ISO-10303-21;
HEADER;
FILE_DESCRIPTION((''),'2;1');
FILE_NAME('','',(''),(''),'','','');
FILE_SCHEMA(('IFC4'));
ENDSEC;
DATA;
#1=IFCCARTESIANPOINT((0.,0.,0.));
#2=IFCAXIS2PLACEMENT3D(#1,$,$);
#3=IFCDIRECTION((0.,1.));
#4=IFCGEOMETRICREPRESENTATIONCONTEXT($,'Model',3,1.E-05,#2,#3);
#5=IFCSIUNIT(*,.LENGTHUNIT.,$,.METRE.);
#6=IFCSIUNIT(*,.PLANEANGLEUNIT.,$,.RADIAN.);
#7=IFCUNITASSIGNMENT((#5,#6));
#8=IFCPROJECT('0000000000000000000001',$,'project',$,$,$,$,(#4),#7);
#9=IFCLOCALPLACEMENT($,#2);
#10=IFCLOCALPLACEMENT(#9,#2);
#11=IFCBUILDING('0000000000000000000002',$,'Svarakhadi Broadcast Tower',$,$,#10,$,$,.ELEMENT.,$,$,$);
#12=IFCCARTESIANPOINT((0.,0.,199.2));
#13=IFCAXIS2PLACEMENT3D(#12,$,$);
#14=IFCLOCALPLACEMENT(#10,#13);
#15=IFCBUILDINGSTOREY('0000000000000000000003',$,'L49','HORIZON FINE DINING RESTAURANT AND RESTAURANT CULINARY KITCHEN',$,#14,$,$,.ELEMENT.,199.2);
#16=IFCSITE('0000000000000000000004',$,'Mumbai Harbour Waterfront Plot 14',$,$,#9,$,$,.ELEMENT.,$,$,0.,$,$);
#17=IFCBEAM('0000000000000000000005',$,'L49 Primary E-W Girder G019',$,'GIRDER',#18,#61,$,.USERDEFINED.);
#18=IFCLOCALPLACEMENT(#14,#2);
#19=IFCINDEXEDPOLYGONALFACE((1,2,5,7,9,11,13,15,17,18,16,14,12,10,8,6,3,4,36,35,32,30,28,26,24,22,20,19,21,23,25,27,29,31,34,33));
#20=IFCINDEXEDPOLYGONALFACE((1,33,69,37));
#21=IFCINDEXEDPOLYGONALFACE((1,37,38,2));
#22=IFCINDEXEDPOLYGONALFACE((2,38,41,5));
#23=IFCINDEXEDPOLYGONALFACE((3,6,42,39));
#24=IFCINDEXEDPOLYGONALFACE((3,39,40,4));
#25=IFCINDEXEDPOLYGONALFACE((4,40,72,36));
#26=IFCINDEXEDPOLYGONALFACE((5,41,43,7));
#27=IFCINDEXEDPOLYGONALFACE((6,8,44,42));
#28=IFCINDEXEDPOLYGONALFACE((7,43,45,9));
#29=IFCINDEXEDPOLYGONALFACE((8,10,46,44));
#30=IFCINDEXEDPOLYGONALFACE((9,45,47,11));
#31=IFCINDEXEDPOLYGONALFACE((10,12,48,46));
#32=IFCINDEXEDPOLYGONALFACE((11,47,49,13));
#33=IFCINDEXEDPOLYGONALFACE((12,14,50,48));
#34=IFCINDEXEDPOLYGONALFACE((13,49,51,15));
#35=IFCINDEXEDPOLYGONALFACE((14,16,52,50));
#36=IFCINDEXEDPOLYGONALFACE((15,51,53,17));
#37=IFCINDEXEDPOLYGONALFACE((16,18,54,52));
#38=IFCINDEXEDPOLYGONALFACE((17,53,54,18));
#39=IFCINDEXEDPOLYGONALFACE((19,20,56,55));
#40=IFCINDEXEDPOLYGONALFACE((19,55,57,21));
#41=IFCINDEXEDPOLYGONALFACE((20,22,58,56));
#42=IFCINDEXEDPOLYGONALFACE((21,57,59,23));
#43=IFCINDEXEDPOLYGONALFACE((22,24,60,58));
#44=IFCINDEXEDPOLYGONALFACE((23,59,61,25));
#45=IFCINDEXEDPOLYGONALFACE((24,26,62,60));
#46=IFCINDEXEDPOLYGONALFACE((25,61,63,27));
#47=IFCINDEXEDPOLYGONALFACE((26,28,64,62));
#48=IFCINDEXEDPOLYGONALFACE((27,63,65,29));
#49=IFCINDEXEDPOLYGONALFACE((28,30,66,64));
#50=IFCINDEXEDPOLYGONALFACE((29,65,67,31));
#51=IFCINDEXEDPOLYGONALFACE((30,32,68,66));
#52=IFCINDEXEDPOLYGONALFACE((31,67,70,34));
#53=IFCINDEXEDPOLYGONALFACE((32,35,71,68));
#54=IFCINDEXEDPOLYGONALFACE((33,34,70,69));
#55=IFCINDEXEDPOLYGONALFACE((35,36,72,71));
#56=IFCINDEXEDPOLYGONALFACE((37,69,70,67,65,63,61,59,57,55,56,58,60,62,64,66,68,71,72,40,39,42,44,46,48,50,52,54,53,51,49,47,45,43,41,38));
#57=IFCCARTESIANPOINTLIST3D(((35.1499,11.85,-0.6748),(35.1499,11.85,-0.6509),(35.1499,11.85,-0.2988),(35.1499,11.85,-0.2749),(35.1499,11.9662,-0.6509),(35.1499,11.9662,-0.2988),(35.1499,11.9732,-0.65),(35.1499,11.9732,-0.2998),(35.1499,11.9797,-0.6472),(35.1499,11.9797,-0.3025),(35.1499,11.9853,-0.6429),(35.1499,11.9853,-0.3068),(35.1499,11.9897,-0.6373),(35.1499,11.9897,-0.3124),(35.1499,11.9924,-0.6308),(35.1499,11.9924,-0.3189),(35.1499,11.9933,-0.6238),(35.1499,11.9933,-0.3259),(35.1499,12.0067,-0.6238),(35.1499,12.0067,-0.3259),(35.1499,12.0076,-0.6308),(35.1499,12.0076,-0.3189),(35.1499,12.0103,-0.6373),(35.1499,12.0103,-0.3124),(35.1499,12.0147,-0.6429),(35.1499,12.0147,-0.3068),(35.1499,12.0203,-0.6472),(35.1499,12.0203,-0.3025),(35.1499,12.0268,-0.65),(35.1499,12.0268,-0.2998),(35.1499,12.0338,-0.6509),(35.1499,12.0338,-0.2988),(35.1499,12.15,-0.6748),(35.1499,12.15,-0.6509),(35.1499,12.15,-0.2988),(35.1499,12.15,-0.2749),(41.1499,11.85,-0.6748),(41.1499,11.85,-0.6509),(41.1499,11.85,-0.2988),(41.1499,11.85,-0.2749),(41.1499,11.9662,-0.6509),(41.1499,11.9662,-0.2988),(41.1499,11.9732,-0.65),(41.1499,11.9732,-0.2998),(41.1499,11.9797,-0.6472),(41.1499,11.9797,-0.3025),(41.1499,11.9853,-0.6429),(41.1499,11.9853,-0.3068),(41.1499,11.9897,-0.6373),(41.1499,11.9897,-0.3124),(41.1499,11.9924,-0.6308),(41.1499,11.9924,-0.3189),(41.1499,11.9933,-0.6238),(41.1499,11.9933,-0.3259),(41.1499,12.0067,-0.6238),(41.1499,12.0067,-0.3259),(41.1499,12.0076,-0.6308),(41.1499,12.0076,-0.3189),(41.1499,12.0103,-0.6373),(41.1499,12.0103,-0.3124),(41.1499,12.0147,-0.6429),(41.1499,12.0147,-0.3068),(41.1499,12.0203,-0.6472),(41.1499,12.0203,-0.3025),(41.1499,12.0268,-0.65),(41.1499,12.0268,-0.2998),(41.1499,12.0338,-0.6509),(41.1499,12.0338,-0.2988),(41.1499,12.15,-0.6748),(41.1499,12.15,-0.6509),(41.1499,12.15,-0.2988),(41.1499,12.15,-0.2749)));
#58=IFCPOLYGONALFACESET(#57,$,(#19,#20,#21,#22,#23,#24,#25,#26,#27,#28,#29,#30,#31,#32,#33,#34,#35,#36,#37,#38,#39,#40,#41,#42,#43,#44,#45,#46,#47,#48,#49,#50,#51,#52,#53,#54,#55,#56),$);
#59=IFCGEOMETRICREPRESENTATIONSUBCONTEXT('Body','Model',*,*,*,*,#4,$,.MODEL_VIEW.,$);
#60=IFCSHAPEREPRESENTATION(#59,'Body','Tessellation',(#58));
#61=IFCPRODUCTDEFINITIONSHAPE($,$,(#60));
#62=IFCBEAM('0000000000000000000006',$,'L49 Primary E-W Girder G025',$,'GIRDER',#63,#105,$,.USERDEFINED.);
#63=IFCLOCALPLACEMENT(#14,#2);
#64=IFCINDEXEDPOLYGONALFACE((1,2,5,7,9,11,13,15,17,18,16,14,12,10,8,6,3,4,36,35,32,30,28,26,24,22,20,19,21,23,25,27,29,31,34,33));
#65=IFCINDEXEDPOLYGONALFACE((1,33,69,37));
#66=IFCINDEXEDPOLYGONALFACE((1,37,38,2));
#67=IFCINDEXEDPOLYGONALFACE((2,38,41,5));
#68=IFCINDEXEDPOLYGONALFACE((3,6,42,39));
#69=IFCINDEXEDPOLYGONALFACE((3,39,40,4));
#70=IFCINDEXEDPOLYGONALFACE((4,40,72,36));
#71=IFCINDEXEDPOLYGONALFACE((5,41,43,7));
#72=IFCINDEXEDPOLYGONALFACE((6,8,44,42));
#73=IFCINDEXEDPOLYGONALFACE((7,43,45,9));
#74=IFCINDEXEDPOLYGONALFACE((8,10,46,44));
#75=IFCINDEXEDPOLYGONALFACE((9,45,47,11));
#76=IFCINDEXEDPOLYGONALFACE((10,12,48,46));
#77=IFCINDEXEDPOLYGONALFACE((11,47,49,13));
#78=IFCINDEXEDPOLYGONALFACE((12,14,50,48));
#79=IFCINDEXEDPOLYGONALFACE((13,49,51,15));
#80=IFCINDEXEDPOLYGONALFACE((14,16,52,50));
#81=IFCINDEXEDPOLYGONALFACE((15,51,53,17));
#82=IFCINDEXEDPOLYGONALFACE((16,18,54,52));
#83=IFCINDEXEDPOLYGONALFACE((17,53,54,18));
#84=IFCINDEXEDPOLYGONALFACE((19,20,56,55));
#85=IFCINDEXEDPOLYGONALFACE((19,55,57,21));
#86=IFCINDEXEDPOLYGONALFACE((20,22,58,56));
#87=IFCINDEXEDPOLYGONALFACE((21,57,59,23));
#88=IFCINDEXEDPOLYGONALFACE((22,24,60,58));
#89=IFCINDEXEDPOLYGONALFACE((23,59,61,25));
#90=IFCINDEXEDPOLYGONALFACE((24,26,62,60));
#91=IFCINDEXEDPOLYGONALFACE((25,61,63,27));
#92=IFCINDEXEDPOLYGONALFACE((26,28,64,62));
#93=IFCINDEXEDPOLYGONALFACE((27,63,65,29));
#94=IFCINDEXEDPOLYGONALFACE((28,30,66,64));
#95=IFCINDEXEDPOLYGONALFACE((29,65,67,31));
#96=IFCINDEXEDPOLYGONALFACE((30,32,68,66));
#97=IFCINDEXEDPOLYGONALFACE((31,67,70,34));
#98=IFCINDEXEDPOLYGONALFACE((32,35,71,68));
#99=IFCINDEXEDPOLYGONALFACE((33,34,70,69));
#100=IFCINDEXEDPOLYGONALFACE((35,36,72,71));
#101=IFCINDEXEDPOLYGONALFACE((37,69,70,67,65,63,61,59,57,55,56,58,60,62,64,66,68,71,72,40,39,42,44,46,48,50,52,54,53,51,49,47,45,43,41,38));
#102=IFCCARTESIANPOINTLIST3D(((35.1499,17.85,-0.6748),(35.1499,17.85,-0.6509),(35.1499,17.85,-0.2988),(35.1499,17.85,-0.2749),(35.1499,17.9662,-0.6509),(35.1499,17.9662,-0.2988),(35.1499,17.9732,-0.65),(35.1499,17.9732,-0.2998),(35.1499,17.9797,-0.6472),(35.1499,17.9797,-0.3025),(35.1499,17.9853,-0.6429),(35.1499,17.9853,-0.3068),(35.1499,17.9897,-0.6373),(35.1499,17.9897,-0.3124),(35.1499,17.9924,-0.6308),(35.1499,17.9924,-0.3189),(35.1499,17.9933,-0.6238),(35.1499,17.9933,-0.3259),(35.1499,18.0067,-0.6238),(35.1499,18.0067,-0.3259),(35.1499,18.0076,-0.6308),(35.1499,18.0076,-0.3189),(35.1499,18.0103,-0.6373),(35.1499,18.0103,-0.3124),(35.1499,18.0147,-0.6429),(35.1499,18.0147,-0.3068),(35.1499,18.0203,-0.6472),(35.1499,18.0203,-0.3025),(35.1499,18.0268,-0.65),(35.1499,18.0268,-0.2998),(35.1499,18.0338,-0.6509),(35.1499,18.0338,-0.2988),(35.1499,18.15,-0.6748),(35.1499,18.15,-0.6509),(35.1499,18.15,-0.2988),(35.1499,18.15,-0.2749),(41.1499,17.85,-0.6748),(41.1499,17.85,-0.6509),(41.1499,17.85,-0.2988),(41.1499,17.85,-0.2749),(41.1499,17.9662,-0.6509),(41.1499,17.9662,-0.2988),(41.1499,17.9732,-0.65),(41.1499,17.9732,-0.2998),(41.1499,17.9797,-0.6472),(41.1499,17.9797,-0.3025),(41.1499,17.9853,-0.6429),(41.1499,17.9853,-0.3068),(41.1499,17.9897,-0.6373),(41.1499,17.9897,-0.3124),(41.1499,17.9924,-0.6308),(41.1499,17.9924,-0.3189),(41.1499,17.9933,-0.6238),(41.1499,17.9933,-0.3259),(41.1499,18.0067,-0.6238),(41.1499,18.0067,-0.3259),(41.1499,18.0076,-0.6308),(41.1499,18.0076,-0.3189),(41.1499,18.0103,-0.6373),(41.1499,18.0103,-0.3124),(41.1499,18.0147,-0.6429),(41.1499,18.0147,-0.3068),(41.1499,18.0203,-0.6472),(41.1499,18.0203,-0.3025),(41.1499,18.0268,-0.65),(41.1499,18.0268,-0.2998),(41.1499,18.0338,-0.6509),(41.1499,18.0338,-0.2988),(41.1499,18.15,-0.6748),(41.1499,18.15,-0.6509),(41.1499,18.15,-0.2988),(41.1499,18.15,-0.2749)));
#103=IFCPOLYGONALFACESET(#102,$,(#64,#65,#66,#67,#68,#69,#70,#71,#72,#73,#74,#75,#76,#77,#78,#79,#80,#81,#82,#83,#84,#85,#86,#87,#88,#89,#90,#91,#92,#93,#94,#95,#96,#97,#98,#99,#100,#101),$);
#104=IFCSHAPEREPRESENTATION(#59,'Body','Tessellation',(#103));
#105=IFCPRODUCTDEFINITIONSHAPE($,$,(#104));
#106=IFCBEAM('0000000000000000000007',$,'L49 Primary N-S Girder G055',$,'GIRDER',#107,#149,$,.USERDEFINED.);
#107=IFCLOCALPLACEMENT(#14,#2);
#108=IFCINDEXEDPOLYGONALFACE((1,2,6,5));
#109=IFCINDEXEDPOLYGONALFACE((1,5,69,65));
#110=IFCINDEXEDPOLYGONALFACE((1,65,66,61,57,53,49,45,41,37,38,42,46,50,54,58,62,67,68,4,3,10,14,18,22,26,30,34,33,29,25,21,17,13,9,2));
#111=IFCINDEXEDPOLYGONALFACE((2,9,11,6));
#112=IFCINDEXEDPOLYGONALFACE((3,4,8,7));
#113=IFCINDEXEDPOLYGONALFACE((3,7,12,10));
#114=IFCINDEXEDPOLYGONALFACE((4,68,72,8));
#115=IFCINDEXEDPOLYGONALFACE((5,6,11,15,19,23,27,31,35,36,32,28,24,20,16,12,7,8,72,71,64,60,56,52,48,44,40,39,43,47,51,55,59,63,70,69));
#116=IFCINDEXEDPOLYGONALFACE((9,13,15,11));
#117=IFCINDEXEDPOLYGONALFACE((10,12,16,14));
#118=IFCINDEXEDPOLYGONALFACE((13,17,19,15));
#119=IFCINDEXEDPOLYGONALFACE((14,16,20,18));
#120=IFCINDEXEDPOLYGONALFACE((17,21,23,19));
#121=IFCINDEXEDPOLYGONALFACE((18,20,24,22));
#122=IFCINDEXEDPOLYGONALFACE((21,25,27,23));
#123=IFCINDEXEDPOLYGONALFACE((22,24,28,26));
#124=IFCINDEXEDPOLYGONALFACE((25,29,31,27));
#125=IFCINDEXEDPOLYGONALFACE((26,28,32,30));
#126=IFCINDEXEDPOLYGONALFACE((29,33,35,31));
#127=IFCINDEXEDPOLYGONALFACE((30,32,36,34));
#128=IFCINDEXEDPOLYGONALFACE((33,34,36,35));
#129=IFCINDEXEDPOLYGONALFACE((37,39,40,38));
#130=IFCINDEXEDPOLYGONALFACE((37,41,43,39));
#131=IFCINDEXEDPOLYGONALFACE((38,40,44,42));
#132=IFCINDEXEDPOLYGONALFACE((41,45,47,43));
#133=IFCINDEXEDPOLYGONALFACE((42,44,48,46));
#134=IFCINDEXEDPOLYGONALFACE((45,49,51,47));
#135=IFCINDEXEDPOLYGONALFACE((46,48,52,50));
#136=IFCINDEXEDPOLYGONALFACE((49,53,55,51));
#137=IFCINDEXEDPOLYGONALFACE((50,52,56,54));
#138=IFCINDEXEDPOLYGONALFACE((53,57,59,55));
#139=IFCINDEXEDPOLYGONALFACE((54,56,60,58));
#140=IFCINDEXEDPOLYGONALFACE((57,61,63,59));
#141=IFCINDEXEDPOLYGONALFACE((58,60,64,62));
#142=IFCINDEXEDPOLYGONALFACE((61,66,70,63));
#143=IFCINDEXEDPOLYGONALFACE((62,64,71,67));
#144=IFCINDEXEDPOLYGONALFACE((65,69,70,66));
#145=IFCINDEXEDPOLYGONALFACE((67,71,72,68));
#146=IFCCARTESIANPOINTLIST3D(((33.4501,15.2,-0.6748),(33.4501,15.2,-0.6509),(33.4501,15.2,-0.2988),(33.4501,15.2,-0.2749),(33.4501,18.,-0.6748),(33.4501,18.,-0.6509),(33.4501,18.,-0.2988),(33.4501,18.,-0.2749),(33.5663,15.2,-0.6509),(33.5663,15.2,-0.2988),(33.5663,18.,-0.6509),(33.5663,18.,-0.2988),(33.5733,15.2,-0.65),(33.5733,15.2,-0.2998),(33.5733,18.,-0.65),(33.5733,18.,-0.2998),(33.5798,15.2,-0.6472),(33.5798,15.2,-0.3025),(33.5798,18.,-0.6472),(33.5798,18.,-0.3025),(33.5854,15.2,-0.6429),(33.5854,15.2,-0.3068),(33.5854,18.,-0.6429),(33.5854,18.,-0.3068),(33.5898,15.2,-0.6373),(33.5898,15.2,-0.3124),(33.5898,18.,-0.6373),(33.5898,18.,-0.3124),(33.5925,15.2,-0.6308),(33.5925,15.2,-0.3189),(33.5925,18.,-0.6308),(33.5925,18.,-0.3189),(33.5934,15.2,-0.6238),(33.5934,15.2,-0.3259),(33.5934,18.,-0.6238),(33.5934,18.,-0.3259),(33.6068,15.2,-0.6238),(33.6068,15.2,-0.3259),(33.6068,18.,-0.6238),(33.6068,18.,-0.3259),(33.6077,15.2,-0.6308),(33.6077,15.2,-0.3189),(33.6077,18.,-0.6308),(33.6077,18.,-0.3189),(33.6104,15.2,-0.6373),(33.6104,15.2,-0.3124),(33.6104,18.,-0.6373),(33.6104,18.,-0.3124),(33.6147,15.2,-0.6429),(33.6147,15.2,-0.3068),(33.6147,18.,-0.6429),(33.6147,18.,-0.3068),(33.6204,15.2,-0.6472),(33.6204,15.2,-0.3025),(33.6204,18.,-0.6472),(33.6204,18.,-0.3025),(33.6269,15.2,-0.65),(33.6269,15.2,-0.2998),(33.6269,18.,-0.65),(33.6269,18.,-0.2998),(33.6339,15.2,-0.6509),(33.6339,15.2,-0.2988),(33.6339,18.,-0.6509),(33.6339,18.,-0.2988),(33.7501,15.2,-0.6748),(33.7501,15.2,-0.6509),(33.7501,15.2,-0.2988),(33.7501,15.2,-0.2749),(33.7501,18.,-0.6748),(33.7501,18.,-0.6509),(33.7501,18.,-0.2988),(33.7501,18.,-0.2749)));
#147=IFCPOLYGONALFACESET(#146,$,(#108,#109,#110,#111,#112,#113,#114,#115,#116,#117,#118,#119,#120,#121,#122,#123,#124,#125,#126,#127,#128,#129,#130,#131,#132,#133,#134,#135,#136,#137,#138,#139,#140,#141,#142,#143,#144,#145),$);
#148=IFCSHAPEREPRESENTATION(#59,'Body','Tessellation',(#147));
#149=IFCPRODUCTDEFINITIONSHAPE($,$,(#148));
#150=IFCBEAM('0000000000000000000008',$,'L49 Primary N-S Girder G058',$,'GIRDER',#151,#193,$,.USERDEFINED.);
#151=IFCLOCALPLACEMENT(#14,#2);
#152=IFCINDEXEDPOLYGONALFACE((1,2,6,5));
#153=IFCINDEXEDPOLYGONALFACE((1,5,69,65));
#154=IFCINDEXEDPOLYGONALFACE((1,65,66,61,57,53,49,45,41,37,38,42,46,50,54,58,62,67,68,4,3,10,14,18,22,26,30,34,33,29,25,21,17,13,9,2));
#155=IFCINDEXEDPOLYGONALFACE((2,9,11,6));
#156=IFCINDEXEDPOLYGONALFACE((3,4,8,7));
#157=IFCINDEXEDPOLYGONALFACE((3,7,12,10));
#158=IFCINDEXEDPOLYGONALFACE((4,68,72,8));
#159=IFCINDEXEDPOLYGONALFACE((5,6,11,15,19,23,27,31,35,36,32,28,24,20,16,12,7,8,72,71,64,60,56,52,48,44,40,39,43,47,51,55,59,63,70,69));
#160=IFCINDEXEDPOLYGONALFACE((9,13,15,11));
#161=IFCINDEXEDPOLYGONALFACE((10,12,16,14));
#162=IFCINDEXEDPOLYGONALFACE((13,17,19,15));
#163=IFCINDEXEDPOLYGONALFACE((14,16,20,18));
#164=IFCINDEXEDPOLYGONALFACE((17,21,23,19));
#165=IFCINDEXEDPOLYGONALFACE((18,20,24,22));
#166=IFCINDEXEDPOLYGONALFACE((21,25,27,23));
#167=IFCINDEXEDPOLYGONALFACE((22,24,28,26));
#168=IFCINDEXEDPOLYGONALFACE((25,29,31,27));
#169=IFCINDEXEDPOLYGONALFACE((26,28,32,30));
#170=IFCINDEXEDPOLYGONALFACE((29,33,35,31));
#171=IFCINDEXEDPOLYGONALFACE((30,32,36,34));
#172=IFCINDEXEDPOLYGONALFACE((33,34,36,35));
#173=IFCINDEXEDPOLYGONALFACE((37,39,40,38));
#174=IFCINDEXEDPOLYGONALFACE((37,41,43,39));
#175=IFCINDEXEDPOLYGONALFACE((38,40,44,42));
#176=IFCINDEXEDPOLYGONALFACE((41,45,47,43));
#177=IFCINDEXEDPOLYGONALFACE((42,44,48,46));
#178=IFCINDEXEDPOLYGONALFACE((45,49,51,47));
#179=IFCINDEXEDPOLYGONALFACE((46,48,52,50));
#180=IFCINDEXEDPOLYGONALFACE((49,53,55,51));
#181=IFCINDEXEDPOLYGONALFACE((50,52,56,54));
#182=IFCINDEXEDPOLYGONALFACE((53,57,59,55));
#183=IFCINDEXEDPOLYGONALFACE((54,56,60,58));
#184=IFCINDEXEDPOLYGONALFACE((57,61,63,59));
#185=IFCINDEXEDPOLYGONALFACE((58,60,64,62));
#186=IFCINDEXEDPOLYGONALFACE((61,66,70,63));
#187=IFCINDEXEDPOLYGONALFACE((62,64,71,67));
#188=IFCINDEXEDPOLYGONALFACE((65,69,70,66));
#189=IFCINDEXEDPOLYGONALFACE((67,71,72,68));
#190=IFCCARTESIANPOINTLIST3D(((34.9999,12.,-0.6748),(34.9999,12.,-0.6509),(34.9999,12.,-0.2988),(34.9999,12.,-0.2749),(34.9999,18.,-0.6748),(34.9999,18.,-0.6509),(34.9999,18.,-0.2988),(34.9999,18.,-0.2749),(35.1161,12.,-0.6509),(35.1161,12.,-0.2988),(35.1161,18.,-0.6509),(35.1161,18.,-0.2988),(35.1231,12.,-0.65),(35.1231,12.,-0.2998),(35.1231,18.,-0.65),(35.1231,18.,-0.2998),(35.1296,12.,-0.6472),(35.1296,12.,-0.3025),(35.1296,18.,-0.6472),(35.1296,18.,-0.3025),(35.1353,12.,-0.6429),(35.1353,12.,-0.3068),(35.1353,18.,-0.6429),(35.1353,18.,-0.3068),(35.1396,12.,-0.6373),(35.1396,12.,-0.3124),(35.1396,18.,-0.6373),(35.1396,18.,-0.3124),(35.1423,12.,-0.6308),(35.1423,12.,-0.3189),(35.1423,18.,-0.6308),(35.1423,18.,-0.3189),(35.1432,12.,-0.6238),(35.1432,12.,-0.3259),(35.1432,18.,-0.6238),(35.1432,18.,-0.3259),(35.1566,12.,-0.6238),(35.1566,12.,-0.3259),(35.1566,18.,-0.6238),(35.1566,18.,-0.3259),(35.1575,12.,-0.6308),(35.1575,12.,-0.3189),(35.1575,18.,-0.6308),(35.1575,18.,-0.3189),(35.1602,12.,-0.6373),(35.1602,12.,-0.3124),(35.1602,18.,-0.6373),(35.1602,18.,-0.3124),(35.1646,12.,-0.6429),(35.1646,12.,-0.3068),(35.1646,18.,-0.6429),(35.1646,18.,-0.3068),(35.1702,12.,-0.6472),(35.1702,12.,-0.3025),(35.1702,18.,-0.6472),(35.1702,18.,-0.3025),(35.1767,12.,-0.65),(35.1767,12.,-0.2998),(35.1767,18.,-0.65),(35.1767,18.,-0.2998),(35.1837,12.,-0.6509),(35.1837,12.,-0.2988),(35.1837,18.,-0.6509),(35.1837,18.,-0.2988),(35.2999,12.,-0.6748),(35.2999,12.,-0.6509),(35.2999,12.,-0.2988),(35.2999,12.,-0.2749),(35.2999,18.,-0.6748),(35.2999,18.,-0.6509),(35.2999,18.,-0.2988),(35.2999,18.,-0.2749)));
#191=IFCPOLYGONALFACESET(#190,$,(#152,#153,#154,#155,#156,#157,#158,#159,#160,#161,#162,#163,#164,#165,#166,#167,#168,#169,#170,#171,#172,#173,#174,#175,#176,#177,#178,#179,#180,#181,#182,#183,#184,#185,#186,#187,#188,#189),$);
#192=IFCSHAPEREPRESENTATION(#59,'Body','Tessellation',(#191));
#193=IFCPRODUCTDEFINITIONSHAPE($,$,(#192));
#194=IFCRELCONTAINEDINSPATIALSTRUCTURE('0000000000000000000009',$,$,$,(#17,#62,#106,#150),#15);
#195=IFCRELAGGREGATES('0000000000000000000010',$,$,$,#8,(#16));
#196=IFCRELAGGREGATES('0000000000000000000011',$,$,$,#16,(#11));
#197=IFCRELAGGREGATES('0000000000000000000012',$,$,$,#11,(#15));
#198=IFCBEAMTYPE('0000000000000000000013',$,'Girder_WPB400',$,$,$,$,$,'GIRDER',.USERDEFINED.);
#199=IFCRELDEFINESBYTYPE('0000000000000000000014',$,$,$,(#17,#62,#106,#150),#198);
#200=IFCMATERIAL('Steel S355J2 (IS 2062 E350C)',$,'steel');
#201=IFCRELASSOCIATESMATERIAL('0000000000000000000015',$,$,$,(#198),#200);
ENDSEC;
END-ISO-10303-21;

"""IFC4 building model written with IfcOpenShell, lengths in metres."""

from ifc_helpers import new_model, si_unit, direction, frame, origin, origin_2d, place, context, subcontext, project, spatial, i_section, extrude, material, material_profile, profile_set, type_object, element, save


model = new_model("IFC4")

# Units and contexts
model_context = context("Model", 3, precision=1e-05, world=origin(), true_north=direction((0.0, 1.0)))
body_context = subcontext(model_context, "Body", "Model", "MODEL_VIEW")
ifc_project = project(units=[si_unit("LENGTHUNIT", "METRE"), si_unit("PLANEANGLEUNIT", "RADIAN")], contexts=[model_context])

# Site, building, storey
site_placement = place(None, origin())
site = spatial("IfcSite", under=ifc_project, at=site_placement, Name="Mumbai Harbour Waterfront Plot 14", CompositionType="ELEMENT", RefElevation=0.0)
building_placement = place(site_placement, origin())
building = spatial("IfcBuilding", under=site, at=building_placement, Name="Svarakhadi Broadcast Tower", CompositionType="ELEMENT")
storey_placement = place(building_placement, frame((0.0, 0.0, 199.2)))
storey = spatial("IfcBuildingStorey", under=building, at=storey_placement, Name="L49", Description="HORIZON FINE DINING RESTAURANT AND RESTAURANT CULINARY KITCHEN", CompositionType="ELEMENT", Elevation=199.2)

# Shared definitions
ifc_material_1 = material(Name="Steel S355J2 (IS 2062 E350C)", Category="steel")

# Beams
ifc_material_profile_1 = material_profile(ifc_material_1, i_section(OverallWidth=0.3, OverallDepth=0.3999, WebThickness=0.0134, FlangeThickness=0.0239, FilletRadius=0.0271, at=origin_2d()), Name="WPB 400x300x155")
ifc_profile_set_1 = profile_set([ifc_material_profile_1], Name="Steel S355J2 (IS 2062 E350C)")
beam_type_1 = type_object("IfcBeamType", Name="Girder_WPB400", ElementType="GIRDER", PredefinedType="USERDEFINED", material=ifc_profile_set_1)
for number, where, z_axis, x_axis, name in (
    (1, (35.1499, 12.0, -0.4749), (1.0, 0.0, 0.0), (0.0, 1.0, 0.0), "L49 Primary E-W Girder G019"),
    (2, (35.1499, 18.0, -0.4749), (1.0, 0.0, 0.0), (0.0, 1.0, 0.0), "L49 Primary E-W Girder G025"),
):
    element("IfcBeam", number, at=place(storey_placement, frame(where, z_axis=z_axis, x_axis=x_axis)), inside=storey, type_object=beam_type_1, Name=name, ObjectType="GIRDER", PredefinedType="USERDEFINED", context=body_context, shape_type="SweptSolid", body=[
        extrude(i_section(OverallWidth=0.3, OverallDepth=0.3999, WebThickness=0.0134, FlangeThickness=0.0239, FilletRadius=0.0271, at=origin_2d()), origin(), (0.0, 0.0, 1.0), 6.0),
    ])
beam_1_placement = place(storey_placement, frame((33.6001, 15.2, -0.4749), z_axis=(0.0, 1.0, 0.0), x_axis=(-1.0, 0.0, 0.0)))
element("IfcBeam", 3, at=beam_1_placement, inside=storey, type_object=beam_type_1, Name="L49 Primary N-S Girder G055", ObjectType="GIRDER", PredefinedType="USERDEFINED", context=body_context, shape_type="SweptSolid", body=[
    extrude(i_section(OverallWidth=0.3, OverallDepth=0.3999, WebThickness=0.0134, FlangeThickness=0.0239, FilletRadius=0.0271, at=origin_2d()), origin(), (0.0, 0.0, 1.0), 2.8),
])
beam_2_placement = place(storey_placement, frame((35.1499, 12.0, -0.4749), z_axis=(0.0, 1.0, 0.0), x_axis=(-1.0, 0.0, 0.0)))
element("IfcBeam", 4, at=beam_2_placement, inside=storey, type_object=beam_type_1, Name="L49 Primary N-S Girder G058", ObjectType="GIRDER", PredefinedType="USERDEFINED", context=body_context, shape_type="SweptSolid", body=[
    extrude(i_section(OverallWidth=0.3, OverallDepth=0.3999, WebThickness=0.0134, FlangeThickness=0.0239, FilletRadius=0.0271, at=origin_2d()), origin(), (0.0, 0.0, 1.0), 6.0),
])

save(model, "model.ifc")
